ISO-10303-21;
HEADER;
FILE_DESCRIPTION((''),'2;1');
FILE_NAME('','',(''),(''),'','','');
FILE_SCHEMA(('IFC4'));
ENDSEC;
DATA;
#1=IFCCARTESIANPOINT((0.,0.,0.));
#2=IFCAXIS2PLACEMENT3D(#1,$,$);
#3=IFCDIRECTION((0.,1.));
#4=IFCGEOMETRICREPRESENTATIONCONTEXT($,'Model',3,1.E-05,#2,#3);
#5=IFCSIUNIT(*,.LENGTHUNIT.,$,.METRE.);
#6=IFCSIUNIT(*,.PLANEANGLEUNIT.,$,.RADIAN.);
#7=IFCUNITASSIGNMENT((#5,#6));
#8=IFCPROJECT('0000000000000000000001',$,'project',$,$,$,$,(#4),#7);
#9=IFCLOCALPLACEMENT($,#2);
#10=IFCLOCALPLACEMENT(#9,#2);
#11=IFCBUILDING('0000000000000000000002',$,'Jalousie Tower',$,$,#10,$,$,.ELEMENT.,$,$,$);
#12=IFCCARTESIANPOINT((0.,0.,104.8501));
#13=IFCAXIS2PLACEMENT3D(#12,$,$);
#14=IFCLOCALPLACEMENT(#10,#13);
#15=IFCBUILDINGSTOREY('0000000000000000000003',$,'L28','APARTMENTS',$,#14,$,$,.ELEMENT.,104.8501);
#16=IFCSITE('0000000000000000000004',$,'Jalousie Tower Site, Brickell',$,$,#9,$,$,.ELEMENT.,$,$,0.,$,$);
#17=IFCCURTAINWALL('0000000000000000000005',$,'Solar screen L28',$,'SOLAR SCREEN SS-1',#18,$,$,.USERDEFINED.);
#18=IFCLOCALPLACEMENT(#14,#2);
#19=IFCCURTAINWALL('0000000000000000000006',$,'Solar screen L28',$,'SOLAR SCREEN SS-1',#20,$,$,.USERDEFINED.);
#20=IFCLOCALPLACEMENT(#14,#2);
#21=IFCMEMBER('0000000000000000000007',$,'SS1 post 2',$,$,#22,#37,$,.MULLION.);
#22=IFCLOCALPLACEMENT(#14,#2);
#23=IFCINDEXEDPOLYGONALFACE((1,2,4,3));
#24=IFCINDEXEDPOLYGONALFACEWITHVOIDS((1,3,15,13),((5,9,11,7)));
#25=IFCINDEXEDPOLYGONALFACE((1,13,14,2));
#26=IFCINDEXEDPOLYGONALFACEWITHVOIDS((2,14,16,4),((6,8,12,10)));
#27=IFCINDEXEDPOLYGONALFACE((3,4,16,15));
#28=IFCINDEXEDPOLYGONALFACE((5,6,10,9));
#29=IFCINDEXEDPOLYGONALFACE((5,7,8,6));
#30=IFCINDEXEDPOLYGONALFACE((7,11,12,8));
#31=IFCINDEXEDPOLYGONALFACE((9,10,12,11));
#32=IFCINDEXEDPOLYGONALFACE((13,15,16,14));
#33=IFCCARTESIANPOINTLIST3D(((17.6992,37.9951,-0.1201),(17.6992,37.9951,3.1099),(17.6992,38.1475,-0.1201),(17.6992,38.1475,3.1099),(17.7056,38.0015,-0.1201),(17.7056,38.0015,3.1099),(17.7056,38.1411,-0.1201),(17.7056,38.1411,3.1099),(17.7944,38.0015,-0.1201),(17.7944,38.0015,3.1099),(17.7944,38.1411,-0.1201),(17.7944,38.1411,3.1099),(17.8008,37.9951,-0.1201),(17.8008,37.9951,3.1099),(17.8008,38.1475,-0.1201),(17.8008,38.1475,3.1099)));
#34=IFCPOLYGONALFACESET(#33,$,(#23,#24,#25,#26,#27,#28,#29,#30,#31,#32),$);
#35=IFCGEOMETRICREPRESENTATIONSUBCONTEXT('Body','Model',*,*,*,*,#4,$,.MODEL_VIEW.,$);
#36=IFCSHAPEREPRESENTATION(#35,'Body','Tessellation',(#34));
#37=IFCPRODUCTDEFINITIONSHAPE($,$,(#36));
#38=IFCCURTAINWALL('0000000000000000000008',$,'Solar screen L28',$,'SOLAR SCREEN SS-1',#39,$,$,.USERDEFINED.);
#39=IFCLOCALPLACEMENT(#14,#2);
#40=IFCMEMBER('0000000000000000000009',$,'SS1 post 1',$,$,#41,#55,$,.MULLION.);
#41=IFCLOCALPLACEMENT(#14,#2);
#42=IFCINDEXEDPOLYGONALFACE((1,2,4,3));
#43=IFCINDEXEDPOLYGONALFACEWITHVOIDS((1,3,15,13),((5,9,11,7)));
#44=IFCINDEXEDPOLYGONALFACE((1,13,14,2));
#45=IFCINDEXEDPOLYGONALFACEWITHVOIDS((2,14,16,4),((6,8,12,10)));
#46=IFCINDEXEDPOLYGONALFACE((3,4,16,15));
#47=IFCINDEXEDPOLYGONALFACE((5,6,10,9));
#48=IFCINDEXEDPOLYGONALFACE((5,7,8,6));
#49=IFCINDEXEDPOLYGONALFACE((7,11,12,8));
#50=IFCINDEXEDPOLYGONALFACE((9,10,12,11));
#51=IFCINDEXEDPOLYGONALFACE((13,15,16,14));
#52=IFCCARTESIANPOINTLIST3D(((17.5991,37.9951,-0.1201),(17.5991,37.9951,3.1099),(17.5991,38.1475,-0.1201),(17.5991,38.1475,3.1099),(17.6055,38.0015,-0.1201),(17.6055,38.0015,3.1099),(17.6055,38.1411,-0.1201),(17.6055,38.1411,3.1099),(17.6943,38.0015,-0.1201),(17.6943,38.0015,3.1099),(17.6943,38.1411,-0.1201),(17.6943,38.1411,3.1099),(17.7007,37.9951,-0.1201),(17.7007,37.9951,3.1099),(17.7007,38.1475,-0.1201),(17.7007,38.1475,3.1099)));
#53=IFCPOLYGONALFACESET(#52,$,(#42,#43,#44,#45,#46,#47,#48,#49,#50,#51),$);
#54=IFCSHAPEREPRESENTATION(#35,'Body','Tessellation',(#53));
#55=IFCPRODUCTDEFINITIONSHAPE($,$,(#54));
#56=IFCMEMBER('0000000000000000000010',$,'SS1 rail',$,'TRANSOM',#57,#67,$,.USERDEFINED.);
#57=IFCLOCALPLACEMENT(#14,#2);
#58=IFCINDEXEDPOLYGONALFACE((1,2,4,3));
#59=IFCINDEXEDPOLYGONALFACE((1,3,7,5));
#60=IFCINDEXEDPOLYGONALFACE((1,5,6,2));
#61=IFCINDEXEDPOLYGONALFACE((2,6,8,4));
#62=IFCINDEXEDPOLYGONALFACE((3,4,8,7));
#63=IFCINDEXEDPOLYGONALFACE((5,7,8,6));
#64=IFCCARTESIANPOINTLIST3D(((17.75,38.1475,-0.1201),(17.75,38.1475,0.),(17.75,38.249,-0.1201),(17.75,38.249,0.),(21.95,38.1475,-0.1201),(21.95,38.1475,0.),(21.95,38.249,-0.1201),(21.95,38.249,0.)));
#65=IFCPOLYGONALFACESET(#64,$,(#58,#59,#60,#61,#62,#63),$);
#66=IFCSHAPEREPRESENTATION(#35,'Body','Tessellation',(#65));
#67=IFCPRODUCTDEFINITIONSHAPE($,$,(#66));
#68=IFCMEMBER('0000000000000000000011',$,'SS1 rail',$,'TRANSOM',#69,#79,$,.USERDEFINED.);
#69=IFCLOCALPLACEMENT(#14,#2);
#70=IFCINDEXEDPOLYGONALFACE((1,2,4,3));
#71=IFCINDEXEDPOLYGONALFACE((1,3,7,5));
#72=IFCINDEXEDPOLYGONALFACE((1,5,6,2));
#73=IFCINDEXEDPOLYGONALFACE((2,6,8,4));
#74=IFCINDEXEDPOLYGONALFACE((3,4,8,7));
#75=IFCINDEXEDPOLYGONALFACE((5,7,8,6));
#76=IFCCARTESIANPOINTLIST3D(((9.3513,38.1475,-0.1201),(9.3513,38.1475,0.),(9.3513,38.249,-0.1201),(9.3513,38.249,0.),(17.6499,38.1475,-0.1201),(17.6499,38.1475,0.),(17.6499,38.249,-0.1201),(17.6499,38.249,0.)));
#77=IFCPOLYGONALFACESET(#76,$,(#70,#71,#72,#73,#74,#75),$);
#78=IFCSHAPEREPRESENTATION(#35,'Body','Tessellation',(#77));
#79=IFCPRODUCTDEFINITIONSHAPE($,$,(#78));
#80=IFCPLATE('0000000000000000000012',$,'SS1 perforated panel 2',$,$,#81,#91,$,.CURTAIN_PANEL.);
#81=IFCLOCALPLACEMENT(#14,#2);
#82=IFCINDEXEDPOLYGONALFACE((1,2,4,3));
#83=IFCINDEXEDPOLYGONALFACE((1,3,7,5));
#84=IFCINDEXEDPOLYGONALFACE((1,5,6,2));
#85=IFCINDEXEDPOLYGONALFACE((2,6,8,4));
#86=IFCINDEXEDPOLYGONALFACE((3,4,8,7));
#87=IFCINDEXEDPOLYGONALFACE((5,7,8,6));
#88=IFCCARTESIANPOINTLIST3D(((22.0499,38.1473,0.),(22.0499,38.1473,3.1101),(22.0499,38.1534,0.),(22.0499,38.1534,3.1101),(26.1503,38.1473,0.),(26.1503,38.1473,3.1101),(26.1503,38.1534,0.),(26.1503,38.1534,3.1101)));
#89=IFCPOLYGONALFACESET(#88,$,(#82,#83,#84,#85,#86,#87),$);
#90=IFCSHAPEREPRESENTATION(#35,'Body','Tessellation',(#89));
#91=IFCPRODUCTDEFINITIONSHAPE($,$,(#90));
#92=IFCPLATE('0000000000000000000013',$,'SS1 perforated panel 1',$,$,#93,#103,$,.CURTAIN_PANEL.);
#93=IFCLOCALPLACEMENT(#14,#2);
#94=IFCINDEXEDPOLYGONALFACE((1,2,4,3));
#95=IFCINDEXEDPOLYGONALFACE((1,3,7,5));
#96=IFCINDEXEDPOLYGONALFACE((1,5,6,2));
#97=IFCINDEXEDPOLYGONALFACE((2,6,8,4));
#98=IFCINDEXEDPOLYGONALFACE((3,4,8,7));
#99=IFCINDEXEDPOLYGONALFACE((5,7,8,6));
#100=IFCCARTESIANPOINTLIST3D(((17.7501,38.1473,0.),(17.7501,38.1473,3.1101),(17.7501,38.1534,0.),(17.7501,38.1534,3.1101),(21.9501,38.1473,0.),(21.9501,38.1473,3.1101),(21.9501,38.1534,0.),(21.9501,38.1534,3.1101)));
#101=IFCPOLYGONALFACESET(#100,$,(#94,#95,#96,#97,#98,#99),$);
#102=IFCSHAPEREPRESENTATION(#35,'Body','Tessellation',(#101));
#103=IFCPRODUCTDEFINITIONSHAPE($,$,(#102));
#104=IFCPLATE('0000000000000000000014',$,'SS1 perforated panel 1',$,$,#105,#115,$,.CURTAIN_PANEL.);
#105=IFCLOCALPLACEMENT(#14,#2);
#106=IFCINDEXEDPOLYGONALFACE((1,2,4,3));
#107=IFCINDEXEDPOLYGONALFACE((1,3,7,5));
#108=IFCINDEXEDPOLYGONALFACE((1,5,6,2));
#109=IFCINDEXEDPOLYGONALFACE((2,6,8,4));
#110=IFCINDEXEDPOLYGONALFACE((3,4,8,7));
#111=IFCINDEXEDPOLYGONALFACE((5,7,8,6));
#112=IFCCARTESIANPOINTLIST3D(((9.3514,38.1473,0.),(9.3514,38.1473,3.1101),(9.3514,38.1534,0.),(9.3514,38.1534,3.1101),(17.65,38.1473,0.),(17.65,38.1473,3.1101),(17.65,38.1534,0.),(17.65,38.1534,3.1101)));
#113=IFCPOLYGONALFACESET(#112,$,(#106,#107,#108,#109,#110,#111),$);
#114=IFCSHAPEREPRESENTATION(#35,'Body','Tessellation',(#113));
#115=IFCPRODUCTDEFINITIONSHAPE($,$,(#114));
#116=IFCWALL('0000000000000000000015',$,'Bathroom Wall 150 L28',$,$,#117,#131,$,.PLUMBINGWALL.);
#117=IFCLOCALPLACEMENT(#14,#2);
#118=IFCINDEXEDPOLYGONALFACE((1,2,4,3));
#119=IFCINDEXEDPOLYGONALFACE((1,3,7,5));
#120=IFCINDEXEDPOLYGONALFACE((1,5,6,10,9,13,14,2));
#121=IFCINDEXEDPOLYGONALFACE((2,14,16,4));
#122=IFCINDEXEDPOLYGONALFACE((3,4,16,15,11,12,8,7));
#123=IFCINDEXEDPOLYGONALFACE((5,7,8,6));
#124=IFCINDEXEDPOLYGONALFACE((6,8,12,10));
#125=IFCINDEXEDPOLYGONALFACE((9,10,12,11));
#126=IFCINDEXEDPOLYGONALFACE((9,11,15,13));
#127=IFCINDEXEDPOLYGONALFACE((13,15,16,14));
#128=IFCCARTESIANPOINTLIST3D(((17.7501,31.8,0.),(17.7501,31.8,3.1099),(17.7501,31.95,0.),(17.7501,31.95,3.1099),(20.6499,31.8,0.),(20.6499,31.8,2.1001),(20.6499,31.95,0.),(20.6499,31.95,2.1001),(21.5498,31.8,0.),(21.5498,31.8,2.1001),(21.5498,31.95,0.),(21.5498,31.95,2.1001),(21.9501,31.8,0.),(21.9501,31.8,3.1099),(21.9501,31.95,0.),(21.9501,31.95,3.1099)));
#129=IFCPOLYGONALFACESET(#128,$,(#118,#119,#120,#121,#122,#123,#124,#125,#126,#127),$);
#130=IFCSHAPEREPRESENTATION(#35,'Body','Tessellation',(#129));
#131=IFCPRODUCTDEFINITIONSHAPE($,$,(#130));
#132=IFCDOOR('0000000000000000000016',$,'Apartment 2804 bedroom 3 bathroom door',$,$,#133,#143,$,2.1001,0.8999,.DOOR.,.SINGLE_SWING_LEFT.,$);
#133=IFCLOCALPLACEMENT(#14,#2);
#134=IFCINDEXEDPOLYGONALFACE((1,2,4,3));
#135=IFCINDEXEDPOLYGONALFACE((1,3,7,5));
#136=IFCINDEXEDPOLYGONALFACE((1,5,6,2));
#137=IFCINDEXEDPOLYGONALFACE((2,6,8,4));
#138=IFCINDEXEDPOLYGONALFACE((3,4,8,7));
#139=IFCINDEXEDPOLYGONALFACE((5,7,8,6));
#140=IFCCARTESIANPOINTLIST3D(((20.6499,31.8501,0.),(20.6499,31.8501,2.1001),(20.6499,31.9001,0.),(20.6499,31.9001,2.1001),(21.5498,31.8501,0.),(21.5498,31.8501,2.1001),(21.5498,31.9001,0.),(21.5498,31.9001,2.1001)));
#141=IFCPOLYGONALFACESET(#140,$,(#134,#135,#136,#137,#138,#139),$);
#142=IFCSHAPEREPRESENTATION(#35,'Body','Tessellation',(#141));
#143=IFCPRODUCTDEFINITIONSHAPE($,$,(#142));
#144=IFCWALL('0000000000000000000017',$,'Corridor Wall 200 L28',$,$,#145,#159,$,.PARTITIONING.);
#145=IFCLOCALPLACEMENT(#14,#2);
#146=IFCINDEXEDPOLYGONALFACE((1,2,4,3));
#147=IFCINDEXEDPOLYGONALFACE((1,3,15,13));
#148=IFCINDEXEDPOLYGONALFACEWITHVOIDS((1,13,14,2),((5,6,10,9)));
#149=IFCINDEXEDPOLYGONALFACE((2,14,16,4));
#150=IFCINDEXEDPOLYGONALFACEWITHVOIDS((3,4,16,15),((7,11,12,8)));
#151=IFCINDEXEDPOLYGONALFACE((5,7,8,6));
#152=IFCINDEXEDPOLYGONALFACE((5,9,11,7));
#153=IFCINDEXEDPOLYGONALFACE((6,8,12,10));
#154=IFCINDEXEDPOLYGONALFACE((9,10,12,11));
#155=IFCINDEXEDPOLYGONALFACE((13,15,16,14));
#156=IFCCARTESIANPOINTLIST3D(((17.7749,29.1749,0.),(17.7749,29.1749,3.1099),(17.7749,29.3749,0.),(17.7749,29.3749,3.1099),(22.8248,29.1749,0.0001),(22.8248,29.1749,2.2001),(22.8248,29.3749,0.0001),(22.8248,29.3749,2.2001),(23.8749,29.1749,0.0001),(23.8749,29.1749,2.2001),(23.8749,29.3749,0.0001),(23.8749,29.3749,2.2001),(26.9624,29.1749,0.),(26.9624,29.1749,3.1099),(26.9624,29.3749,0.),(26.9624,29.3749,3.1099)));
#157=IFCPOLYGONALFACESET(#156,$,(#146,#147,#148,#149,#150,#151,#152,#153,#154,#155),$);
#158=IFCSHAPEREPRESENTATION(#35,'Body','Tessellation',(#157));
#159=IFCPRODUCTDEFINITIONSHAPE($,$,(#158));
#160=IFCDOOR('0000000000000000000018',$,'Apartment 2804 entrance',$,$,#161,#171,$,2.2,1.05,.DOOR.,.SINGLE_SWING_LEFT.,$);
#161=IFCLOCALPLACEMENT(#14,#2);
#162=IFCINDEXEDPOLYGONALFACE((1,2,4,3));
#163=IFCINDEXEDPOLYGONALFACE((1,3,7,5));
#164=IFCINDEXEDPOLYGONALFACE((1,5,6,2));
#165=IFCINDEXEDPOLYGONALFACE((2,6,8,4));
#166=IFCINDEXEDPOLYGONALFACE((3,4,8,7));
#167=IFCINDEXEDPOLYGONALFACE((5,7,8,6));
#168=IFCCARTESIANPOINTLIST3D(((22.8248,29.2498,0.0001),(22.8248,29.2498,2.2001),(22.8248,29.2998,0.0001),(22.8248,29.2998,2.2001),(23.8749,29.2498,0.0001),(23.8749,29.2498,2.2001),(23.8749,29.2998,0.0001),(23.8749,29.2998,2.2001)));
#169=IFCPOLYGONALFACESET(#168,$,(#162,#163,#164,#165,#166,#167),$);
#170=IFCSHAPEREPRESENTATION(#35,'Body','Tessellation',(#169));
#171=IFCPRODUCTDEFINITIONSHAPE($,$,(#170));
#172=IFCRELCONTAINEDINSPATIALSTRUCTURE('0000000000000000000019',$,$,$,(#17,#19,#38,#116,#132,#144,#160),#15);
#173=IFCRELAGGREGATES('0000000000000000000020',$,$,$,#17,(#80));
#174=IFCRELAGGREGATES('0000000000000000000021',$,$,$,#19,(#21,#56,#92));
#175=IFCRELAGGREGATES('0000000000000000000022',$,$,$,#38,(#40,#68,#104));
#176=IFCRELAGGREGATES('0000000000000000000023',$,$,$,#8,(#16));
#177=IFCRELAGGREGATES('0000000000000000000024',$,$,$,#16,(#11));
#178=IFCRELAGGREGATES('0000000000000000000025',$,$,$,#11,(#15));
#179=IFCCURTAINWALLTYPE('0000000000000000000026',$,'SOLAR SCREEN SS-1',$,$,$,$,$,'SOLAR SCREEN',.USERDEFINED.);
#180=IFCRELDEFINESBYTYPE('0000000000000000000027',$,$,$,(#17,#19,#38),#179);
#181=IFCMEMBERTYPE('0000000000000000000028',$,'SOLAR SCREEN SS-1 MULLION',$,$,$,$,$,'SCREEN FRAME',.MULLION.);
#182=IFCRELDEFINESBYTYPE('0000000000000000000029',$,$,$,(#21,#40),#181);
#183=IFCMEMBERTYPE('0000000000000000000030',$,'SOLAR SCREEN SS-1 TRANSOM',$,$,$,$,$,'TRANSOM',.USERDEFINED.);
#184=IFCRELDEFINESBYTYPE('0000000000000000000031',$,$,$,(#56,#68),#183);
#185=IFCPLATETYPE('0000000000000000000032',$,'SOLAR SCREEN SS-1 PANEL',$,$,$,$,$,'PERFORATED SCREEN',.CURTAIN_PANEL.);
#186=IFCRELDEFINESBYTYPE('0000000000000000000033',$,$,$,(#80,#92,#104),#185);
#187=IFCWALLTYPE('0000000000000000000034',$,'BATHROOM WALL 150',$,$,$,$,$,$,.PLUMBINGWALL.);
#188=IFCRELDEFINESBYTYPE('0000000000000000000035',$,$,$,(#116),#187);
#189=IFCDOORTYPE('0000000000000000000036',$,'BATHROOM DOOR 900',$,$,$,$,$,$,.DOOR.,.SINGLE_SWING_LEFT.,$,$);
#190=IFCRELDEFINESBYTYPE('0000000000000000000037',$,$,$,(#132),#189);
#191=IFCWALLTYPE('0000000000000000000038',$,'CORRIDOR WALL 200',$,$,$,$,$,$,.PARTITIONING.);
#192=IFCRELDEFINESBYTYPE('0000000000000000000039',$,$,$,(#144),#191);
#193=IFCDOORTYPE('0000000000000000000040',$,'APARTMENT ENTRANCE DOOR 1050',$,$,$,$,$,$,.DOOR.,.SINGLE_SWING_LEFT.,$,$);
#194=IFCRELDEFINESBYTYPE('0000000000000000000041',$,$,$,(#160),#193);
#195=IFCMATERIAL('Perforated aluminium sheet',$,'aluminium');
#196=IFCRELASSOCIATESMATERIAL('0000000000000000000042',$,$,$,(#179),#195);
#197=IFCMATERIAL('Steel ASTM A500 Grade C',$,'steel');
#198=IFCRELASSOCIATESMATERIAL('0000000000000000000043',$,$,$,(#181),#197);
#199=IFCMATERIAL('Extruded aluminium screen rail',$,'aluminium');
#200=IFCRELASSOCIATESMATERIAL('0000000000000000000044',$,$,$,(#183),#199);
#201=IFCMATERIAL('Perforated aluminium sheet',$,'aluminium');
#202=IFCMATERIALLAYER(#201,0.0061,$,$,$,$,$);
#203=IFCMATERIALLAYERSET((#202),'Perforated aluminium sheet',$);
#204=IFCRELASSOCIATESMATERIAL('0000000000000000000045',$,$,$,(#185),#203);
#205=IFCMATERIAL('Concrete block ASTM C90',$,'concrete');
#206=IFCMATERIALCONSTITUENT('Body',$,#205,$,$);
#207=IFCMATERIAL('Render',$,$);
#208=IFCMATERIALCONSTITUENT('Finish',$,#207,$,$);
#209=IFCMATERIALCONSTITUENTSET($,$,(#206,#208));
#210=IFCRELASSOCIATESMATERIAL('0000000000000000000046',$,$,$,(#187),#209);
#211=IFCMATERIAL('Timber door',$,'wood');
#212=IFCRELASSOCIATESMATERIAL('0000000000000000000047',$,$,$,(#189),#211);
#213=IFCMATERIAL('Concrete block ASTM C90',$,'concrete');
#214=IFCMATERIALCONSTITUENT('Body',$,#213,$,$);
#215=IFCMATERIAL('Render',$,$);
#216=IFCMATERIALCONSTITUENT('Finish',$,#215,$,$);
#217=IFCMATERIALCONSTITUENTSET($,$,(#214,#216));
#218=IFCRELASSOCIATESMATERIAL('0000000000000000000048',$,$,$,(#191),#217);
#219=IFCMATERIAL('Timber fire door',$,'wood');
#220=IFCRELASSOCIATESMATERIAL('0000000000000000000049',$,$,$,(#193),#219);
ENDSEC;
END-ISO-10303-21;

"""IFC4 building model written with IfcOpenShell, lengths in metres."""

from ifc_helpers import new_model, si_unit, direction, frame, frame_2d, origin, origin_2d, place, context, subcontext, project, spatial, rectangle, hollow_rectangle, extrude, material, layer, layer_set, constituent, constituent_set, material_profile, profile_set, type_object, element, fill, aggregate, save


model = new_model("IFC4")

# Units and contexts
model_context = context("Model", 3, precision=1e-05, world=origin(), true_north=direction((0.0, 1.0)))
body_context = subcontext(model_context, "Body", "Model", "MODEL_VIEW")
ifc_project = project(units=[si_unit("LENGTHUNIT", "METRE"), si_unit("PLANEANGLEUNIT", "RADIAN")], contexts=[model_context])

# Site, building, storey
site_placement = place(None, origin())
site = spatial("IfcSite", under=ifc_project, at=site_placement, Name="Jalousie Tower Site, Brickell", CompositionType="ELEMENT", RefElevation=0.0)
building_placement = place(site_placement, origin())
building = spatial("IfcBuilding", under=site, at=building_placement, Name="Jalousie Tower", CompositionType="ELEMENT")
storey_placement = place(building_placement, frame((0.0, 0.0, 104.8501)))
storey = spatial("IfcBuildingStorey", under=building, at=storey_placement, Name="L28", Description="APARTMENTS", CompositionType="ELEMENT", Elevation=104.8501)

# Curtain walls, member
ifc_material_1 = material(Name="Perforated aluminium sheet", Category="aluminium")
curtain_wall_type = type_object("IfcCurtainWallType", Name="SOLAR SCREEN SS-1", ElementType="SOLAR SCREEN", PredefinedType="USERDEFINED", material=ifc_material_1)
curtain_wall_1_placement = place(storey_placement, origin())
curtain_wall_1 = element("IfcCurtainWall", 1, at=curtain_wall_1_placement, inside=storey, type_object=curtain_wall_type, Name="Solar screen L28", ObjectType="SOLAR SCREEN SS-1", PredefinedType="USERDEFINED")
ifc_material_2 = material(Name="Steel ASTM A500 Grade C", Category="steel")
ifc_material_profile_1 = material_profile(ifc_material_2, hollow_rectangle(XDim=0.1016, YDim=0.1523, WallThickness=0.0063, at=origin_2d()), Name="HSS6X4X1/4")
ifc_profile_set_1 = profile_set([ifc_material_profile_1], Name="Steel ASTM A500 Grade C")
member_type_1 = type_object("IfcMemberType", Name="SOLAR SCREEN SS-1 MULLION", ElementType="SCREEN FRAME", PredefinedType="MULLION", material=ifc_profile_set_1)
curtain_wall_2_placement = place(storey_placement, origin())
curtain_wall_2 = element("IfcCurtainWall", 2, at=curtain_wall_2_placement, inside=storey, type_object=curtain_wall_type, Name="Solar screen L28", ObjectType="SOLAR SCREEN SS-1", PredefinedType="USERDEFINED")
member_1_placement = place(storey_placement, frame((17.75, 38.0713, -0.1201), z_axis=(0.0, 0.0, 1.0), x_axis=(-1.0, 0.0, 0.0)))
member_1 = element("IfcMember", 3, at=member_1_placement, type_object=member_type_1, Name="SS1 post 2", PredefinedType="MULLION", context=body_context, shape_type="SweptSolid", body=[
    extrude(hollow_rectangle(XDim=0.1016, YDim=0.1523, WallThickness=0.0063, at=origin_2d()), origin(), (0.0, 0.0, 1.0), 3.23),
])

# Curtain wall, member
curtain_wall_3_placement = place(storey_placement, origin())
curtain_wall_3 = element("IfcCurtainWall", 4, at=curtain_wall_3_placement, inside=storey, type_object=curtain_wall_type, Name="Solar screen L28", ObjectType="SOLAR SCREEN SS-1", PredefinedType="USERDEFINED")
member_2_placement = place(storey_placement, frame((17.6499, 38.0713, -0.1201), z_axis=(0.0, 0.0, 1.0), x_axis=(-1.0, 0.0, 0.0)))
member_2 = element("IfcMember", 5, at=member_2_placement, type_object=member_type_1, Name="SS1 post 1", PredefinedType="MULLION", context=body_context, shape_type="SweptSolid", body=[
    extrude(hollow_rectangle(XDim=0.1016, YDim=0.1523, WallThickness=0.0063, at=origin_2d()), origin(), (0.0, 0.0, 1.0), 3.23),
])

# Members
ifc_material_3 = material(Name="Extruded aluminium screen rail", Category="aluminium")
ifc_material_profile_2 = material_profile(ifc_material_3, rectangle(XDim=0.1016, YDim=0.1201, at=origin_2d()), Name="RAIL 102x120")
ifc_profile_set_2 = profile_set([ifc_material_profile_2], Name="Extruded aluminium screen rail")
member_type_2 = type_object("IfcMemberType", Name="SOLAR SCREEN SS-1 TRANSOM", ElementType="TRANSOM", PredefinedType="USERDEFINED", material=ifc_profile_set_2)
member_3_placement = place(storey_placement, frame((21.95, 38.1982, -0.0601), z_axis=(-1.0, 0.0, 0.0), x_axis=(0.0, -1.0, 0.0)))
member_3 = element("IfcMember", 6, at=member_3_placement, type_object=member_type_2, Name="SS1 rail", ObjectType="TRANSOM", PredefinedType="USERDEFINED", context=body_context, shape_type="SweptSolid", body=[
    extrude(rectangle(XDim=0.1016, YDim=0.1201, at=origin_2d()), origin(), (0.0, 0.0, 1.0), 4.2),
])
member_4_placement = place(storey_placement, frame((17.6499, 38.1982, -0.0601), z_axis=(-1.0, 0.0, 0.0), x_axis=(0.0, -1.0, 0.0)))
member_4 = element("IfcMember", 7, at=member_4_placement, type_object=member_type_2, Name="SS1 rail", ObjectType="TRANSOM", PredefinedType="USERDEFINED", context=body_context, shape_type="SweptSolid", body=[
    extrude(rectangle(XDim=0.1016, YDim=0.1201, at=origin_2d()), origin(), (0.0, 0.0, 1.0), 8.2986),
])

# Plates
ifc_material_4 = material(Name="Perforated aluminium sheet", Category="aluminium")
ifc_layer_1 = layer(ifc_material_4, 0.0061)
ifc_layer_set_1 = layer_set([ifc_layer_1], Name="Perforated aluminium sheet")
plate_type = type_object("IfcPlateType", Name="SOLAR SCREEN SS-1 PANEL", ElementType="PERFORATED SCREEN", PredefinedType="CURTAIN_PANEL", material=ifc_layer_set_1)
plate_1_placement = place(storey_placement, frame((24.1001, 38.1504, 0.0), z_axis=(0.0, 0.0, 1.0), x_axis=(-1.0, 0.0, 0.0)))
plate_1 = element("IfcPlate", 8, at=plate_1_placement, type_object=plate_type, Name="SS1 perforated panel 2", PredefinedType="CURTAIN_PANEL", context=body_context, shape_type="SweptSolid", body=[
    extrude(rectangle(XDim=4.1003, YDim=0.0061, at=origin_2d()), origin(), (0.0, 0.0, 1.0), 3.1101),
])
aggregate(curtain_wall_1, [plate_1])
plate_2_placement = place(storey_placement, frame((19.8501, 38.1504, 0.0), z_axis=(0.0, 0.0, 1.0), x_axis=(-1.0, 0.0, 0.0)))
plate_2 = element("IfcPlate", 9, at=plate_2_placement, type_object=plate_type, Name="SS1 perforated panel 1", PredefinedType="CURTAIN_PANEL", context=body_context, shape_type="SweptSolid", body=[
    extrude(rectangle(XDim=4.2, YDim=0.0061, at=origin_2d()), origin(), (0.0, 0.0, 1.0), 3.1101),
])
aggregate(curtain_wall_2, [member_1, member_3, plate_2])
plate_3_placement = place(storey_placement, frame((13.5007, 38.1504, 0.0), z_axis=(0.0, 0.0, 1.0), x_axis=(-1.0, 0.0, 0.0)))
plate_3 = element("IfcPlate", 10, at=plate_3_placement, type_object=plate_type, Name="SS1 perforated panel 1", PredefinedType="CURTAIN_PANEL", context=body_context, shape_type="SweptSolid", body=[
    extrude(rectangle(XDim=8.2986, YDim=0.0061, at=origin_2d()), origin(), (0.0, 0.0, 1.0), 3.1101),
])
aggregate(curtain_wall_3, [member_2, member_4, plate_3])

# Walls, openings, doors
ifc_material_5 = material(Name="Concrete block ASTM C90", Category="concrete")
ifc_constituent_1 = constituent(ifc_material_5, Name="Body")
ifc_material_6 = material(Name="Render")
ifc_constituent_2 = constituent(ifc_material_6, Name="Finish")
ifc_constituent_set_1 = constituent_set(constituents=[ifc_constituent_1, ifc_constituent_2])
wall_type_1 = type_object("IfcWallType", Name="BATHROOM WALL 150", PredefinedType="PLUMBINGWALL", material=ifc_constituent_set_1)
wall_1_placement = place(storey_placement, frame((17.75, 31.875, 0.0), z_axis=(0.0, 0.0, 1.0), x_axis=(1.0, 0.0, 0.0)))
wall_1 = element("IfcWall", 11, at=wall_1_placement, inside=storey, type_object=wall_type_1, Name="Bathroom Wall 150 L28", PredefinedType="PLUMBINGWALL", context=body_context, shape_type="SweptSolid", body=[
    extrude(rectangle(XDim=4.2, YDim=0.1499, at=frame_2d((2.1001, 0.0))), origin(), (0.0, 0.0, 1.0), 3.1099),
])
opening_1_placement = place(wall_1_placement, frame((2.8999, 0.0, 0.0)))
opening_1 = element("IfcOpeningElement", 12, at=opening_1_placement, cuts=wall_1, PredefinedType="OPENING", context=body_context, shape_type="SweptSolid", body=[
    extrude(rectangle(XDim=0.8999, YDim=2.1001, at=frame_2d((0.45, 1.05))), frame((0.0, 0.085, 0.0), z_axis=(0.0, -1.0, 0.0), x_axis=(1.0, 0.0, 0.0)), (0.0, 0.0, 1.0), 0.1699),
])
ifc_material_7 = material(Name="Timber door", Category="wood")
door_type_1 = type_object("IfcDoorType", Name="BATHROOM DOOR 900", OperationType="SINGLE_SWING_LEFT", PredefinedType="DOOR", material=ifc_material_7)
door_1_placement = place(opening_1_placement, frame((0.8999, 0.0, 0.0), z_axis=(0.0, 0.0, 1.0), x_axis=(-1.0, 0.0, 0.0)))
door_1 = element("IfcDoor", 13, at=door_1_placement, inside=storey, type_object=door_type_1, Name="Apartment 2804 bedroom 3 bathroom door", OperationType="SINGLE_SWING_LEFT", OverallHeight=2.1001, OverallWidth=0.8999, PredefinedType="DOOR", context=body_context, shape_type="SweptSolid", body=[
    extrude(rectangle(XDim=0.8999, YDim=2.1001, at=frame_2d((0.45, 1.05))), frame((0.0, 0.0249, 0.0), z_axis=(0.0, -1.0, 0.0), x_axis=(1.0, 0.0, 0.0)), (0.0, 0.0, 1.0), 0.05),
])
fill(opening_1, door_1)
ifc_material_8 = material(Name="Concrete block ASTM C90", Category="concrete")
ifc_constituent_3 = constituent(ifc_material_8, Name="Body")
ifc_material_9 = material(Name="Render")
ifc_constituent_4 = constituent(ifc_material_9, Name="Finish")
ifc_constituent_set_2 = constituent_set(constituents=[ifc_constituent_3, ifc_constituent_4])
wall_type_2 = type_object("IfcWallType", Name="CORRIDOR WALL 200", PredefinedType="PARTITIONING", material=ifc_constituent_set_2)
wall_2_placement = place(storey_placement, frame((17.7749, 29.2749, 0.0), z_axis=(0.0, 0.0, 1.0), x_axis=(1.0, 0.0, 0.0)))
wall_2 = element("IfcWall", 14, at=wall_2_placement, inside=storey, type_object=wall_type_2, Name="Corridor Wall 200 L28", PredefinedType="PARTITIONING", context=body_context, shape_type="SweptSolid", body=[
    extrude(rectangle(XDim=9.1875, YDim=0.2, at=frame_2d((4.5938, 0.0))), origin(), (0.0, 0.0, 1.0), 3.1099),
])
opening_2_placement = place(wall_2_placement, frame((5.05, 0.0, 0.0)))
opening_2 = element("IfcOpeningElement", 15, at=opening_2_placement, cuts=wall_2, PredefinedType="OPENING", context=body_context, shape_type="SweptSolid", body=[
    extrude(rectangle(XDim=1.05, YDim=2.2, at=frame_2d((0.5249, 1.1001))), frame((0.0, 0.1099, 0.0), z_axis=(0.0, -1.0, 0.0), x_axis=(1.0, 0.0, 0.0)), (0.0, 0.0, 1.0), 0.22),
])
ifc_material_10 = material(Name="Timber fire door", Category="wood")
door_type_2 = type_object("IfcDoorType", Name="APARTMENT ENTRANCE DOOR 1050", OperationType="SINGLE_SWING_LEFT", PredefinedType="DOOR", material=ifc_material_10)
door_2_placement = place(opening_2_placement, origin())
door_2 = element("IfcDoor", 16, at=door_2_placement, inside=storey, type_object=door_type_2, Name="Apartment 2804 entrance", OperationType="SINGLE_SWING_LEFT", OverallHeight=2.2, OverallWidth=1.05, PredefinedType="DOOR", context=body_context, shape_type="SweptSolid", body=[
    extrude(rectangle(XDim=1.05, YDim=2.2, at=frame_2d((0.5249, 1.1001))), frame((0.0, 0.0249, 0.0), z_axis=(0.0, -1.0, 0.0), x_axis=(1.0, 0.0, 0.0)), (0.0, 0.0, 1.0), 0.05),
])
fill(opening_2, door_2)

save(model, "model.ifc")
